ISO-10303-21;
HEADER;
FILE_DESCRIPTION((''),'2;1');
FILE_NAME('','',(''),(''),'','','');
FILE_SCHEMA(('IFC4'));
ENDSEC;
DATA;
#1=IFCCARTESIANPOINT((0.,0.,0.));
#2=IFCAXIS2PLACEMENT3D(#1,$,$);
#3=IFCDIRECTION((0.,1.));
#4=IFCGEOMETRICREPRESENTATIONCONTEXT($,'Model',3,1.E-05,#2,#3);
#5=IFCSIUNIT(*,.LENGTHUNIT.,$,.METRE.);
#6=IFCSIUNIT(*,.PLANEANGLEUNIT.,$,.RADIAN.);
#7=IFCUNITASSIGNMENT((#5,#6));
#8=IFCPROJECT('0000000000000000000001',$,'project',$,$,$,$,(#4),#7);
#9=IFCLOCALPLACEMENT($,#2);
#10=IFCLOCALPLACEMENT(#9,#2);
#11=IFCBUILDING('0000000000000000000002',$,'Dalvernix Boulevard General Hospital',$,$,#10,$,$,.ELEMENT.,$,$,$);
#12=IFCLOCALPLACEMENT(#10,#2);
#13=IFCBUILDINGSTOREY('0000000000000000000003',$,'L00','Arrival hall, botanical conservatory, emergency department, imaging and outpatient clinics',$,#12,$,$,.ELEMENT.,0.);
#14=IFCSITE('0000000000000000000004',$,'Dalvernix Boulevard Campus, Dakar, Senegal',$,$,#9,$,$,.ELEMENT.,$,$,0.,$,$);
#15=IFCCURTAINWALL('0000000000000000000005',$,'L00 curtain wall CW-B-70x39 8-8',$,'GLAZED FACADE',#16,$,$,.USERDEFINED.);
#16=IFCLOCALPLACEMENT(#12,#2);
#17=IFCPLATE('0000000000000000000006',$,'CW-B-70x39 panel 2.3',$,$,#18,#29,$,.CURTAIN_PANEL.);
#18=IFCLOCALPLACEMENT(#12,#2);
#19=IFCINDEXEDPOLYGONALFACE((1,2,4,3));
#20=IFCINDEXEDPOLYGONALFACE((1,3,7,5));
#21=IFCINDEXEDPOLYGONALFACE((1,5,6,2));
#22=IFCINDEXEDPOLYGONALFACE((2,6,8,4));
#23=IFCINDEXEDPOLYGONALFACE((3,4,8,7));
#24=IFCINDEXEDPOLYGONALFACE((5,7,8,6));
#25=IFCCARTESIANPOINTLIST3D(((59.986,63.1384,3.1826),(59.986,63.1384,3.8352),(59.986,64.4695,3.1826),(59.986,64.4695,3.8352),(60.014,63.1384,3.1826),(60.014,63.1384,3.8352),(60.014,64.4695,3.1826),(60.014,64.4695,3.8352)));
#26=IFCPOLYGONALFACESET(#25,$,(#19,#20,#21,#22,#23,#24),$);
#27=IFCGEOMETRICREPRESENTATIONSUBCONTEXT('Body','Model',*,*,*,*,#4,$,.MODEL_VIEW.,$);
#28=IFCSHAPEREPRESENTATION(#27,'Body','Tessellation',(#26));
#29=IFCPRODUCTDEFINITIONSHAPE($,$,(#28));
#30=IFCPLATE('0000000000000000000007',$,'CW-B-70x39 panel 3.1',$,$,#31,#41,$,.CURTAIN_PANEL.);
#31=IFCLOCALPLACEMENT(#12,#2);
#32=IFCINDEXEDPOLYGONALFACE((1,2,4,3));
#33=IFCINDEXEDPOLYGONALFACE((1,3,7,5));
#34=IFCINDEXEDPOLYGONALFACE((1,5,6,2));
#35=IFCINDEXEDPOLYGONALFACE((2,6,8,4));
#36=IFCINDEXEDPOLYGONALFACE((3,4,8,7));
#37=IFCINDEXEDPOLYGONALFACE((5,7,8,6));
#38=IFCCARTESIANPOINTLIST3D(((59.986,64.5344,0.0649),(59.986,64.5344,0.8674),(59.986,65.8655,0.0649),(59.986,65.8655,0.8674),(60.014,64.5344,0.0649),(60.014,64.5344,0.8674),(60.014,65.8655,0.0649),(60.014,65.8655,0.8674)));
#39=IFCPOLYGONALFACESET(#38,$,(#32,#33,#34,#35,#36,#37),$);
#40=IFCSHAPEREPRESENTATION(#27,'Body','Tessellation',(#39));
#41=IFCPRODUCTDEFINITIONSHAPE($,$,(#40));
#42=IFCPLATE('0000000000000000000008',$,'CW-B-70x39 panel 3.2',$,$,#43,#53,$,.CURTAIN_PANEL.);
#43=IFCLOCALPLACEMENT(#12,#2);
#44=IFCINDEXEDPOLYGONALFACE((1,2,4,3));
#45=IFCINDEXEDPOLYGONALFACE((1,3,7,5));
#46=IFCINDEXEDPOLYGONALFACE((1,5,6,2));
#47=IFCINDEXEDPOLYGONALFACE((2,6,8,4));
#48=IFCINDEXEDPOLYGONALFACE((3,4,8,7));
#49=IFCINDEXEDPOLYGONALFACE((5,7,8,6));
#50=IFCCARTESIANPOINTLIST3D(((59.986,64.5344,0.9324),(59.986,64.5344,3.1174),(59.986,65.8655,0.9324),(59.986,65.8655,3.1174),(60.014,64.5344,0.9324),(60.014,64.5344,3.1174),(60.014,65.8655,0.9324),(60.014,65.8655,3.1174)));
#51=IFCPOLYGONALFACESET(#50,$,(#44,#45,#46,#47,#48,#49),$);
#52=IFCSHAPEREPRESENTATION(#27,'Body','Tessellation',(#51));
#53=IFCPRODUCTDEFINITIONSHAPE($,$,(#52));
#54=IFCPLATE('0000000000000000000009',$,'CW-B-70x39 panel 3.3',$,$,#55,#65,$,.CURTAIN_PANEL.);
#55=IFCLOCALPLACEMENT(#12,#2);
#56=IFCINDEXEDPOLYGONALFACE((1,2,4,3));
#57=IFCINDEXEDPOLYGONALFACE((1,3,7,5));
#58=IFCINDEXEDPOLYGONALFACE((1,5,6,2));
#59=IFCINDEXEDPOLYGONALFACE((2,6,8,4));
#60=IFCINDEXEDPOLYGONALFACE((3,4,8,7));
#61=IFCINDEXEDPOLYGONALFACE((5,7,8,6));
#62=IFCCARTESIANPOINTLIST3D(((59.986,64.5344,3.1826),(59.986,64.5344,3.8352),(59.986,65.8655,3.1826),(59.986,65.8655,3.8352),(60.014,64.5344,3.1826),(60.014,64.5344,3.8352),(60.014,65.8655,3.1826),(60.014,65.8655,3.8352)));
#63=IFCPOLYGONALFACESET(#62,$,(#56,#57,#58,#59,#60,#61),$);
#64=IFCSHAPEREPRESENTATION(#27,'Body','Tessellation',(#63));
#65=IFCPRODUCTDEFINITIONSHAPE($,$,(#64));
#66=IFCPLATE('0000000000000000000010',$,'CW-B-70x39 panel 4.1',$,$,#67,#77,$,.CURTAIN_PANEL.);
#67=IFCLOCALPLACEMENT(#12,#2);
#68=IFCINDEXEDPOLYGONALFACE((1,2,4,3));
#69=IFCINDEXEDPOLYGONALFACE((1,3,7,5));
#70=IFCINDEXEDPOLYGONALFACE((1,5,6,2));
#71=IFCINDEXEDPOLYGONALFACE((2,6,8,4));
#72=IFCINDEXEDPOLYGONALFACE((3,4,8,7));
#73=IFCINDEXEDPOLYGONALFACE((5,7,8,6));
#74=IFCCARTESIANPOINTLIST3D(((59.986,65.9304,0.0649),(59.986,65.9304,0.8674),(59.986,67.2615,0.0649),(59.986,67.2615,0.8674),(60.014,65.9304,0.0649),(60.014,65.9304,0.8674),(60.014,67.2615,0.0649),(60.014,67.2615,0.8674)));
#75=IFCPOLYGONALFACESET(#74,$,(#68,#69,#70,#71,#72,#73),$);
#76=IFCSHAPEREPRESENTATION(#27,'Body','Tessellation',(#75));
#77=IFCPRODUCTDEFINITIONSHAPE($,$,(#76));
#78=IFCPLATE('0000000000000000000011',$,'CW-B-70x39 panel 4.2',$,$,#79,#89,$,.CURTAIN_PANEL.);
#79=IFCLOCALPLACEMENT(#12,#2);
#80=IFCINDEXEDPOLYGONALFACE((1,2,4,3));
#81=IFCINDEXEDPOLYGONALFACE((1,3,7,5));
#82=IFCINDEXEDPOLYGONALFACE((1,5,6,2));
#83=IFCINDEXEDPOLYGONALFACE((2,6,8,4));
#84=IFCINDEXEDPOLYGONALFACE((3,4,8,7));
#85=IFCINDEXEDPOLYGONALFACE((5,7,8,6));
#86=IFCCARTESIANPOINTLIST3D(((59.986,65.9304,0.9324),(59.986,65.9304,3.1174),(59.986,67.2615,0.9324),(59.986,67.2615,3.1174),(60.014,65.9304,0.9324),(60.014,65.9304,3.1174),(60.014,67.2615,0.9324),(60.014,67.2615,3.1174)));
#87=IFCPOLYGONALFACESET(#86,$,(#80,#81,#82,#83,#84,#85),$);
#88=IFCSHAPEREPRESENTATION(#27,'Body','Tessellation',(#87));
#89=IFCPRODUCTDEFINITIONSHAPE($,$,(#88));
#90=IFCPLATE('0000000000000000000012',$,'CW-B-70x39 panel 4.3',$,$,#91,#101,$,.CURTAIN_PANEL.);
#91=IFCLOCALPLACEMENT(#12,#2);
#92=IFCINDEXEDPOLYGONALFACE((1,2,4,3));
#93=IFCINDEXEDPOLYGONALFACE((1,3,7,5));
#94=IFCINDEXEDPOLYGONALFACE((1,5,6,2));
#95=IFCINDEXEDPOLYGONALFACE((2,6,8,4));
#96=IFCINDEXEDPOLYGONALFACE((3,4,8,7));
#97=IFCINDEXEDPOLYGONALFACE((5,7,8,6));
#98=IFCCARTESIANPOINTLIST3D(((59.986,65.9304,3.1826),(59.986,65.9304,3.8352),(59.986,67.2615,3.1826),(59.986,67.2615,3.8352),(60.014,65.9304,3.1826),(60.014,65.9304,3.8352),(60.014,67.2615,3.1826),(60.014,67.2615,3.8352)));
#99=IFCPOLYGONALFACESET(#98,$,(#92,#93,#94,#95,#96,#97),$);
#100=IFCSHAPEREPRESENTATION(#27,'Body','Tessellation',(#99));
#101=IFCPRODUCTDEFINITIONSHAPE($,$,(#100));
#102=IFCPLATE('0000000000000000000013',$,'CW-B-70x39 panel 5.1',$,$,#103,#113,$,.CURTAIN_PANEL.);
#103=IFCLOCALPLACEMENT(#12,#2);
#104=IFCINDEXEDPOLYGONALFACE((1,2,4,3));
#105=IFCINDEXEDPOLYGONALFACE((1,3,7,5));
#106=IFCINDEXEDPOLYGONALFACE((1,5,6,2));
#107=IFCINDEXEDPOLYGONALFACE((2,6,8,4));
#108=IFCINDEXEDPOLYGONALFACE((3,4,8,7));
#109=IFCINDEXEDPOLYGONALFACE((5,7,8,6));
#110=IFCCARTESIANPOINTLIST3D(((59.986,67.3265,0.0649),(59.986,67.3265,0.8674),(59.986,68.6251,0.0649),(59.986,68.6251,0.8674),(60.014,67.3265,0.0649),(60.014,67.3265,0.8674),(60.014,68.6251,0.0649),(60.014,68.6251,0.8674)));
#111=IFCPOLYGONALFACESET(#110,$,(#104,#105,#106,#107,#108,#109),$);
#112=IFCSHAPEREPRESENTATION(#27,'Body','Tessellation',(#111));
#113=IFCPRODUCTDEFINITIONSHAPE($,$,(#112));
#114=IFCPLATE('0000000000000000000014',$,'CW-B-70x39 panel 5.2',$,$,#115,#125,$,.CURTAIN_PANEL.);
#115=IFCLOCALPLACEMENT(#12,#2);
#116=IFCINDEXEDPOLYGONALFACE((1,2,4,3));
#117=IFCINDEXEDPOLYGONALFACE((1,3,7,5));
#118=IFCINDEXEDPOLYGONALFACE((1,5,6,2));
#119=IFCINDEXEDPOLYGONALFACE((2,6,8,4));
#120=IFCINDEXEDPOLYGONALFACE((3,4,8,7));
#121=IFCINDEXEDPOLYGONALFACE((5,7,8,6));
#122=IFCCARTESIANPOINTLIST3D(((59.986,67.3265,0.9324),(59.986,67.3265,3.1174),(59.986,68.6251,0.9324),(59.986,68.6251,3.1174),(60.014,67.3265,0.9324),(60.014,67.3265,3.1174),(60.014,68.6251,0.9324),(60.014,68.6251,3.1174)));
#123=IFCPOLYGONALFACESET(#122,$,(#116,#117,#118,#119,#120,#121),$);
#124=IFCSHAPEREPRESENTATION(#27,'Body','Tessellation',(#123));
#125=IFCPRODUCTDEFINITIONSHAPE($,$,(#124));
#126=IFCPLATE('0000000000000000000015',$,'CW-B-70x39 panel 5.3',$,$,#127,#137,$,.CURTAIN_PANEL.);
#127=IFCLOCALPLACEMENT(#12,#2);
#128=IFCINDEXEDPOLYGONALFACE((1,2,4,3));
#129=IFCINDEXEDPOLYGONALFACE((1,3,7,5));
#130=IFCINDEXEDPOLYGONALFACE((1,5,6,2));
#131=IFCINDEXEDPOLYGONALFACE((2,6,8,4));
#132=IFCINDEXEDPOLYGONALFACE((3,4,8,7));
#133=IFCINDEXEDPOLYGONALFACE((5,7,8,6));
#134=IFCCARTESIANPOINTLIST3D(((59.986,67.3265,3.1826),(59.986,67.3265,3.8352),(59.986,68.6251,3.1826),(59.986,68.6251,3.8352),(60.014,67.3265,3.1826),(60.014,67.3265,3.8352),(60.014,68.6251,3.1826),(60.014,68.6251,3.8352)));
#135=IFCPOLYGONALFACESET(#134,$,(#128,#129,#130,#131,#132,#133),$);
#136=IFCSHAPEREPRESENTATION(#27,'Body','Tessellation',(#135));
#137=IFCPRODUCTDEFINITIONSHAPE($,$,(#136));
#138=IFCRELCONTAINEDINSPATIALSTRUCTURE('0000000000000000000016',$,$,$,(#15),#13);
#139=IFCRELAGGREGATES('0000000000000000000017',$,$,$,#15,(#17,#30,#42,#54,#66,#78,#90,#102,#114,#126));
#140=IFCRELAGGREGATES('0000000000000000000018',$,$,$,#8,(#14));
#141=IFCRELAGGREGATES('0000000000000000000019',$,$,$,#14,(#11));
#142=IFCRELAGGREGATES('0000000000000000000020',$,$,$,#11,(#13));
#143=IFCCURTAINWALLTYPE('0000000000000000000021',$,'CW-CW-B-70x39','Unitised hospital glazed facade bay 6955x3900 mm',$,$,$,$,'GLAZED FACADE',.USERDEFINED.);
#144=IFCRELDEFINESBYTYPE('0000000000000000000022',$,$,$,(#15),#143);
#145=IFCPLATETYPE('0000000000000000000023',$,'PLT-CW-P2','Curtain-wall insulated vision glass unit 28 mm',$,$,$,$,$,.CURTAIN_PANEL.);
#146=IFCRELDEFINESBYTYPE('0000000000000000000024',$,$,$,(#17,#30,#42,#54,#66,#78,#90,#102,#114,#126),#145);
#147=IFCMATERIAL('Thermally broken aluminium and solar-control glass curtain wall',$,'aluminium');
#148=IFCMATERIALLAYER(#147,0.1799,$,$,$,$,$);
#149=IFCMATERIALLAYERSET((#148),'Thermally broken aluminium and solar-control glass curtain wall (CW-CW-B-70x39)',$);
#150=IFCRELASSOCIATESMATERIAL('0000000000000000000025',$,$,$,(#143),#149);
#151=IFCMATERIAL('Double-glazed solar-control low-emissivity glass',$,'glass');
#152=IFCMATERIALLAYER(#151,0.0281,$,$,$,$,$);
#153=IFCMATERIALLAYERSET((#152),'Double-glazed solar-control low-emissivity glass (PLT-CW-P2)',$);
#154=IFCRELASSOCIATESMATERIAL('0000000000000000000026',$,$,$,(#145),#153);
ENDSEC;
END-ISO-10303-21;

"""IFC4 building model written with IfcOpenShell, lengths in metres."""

from ifc_helpers import new_model, si_unit, direction, frame, origin, origin_2d, place, context, subcontext, project, spatial, rectangle, extrude, material, layer, layer_set, type_object, element, aggregate, save


model = new_model("IFC4")

# Units and contexts
model_context = context("Model", 3, precision=1e-05, world=origin(), true_north=direction((0.0, 1.0)))
body_context = subcontext(model_context, "Body", "Model", "MODEL_VIEW")
ifc_project = project(units=[si_unit("LENGTHUNIT", "METRE"), si_unit("PLANEANGLEUNIT", "RADIAN")], contexts=[model_context])

# Site, building, storey
site_placement = place(None, origin())
site = spatial("IfcSite", under=ifc_project, at=site_placement, Name="Dalvernix Boulevard Campus, Dakar, Senegal", CompositionType="ELEMENT", RefElevation=0.0)
building_placement = place(site_placement, origin())
building = spatial("IfcBuilding", under=site, at=building_placement, Name="Dalvernix Boulevard General Hospital", CompositionType="ELEMENT")
storey_placement = place(building_placement, origin())
storey = spatial("IfcBuildingStorey", under=building, at=storey_placement, Name="L00", Description="Arrival hall, botanical conservatory, emergency department, imaging and outpatient clinics", CompositionType="ELEMENT", Elevation=0.0)

# Curtain wall
ifc_material_1 = material(Name="Thermally broken aluminium and solar-control glass curtain wall", Category="aluminium")
ifc_layer_1 = layer(ifc_material_1, 0.1799)
ifc_layer_set_1 = layer_set([ifc_layer_1], Name="Thermally broken aluminium and solar-control glass curtain wall (CW-CW-B-70x39)")
curtain_wall_type_1 = type_object("IfcCurtainWallType", Name="CW-CW-B-70x39", Description="Unitised hospital glazed facade bay 6955x3900 mm", ElementType="GLAZED FACADE", PredefinedType="USERDEFINED", material=ifc_layer_set_1)
curtain_wall_1_placement = place(storey_placement, origin())
curtain_wall_1 = element("IfcCurtainWall", 1, at=curtain_wall_1_placement, inside=storey, type_object=curtain_wall_type_1, Name="L00 curtain wall CW-B-70x39 8-8", ObjectType="GLAZED FACADE", PredefinedType="USERDEFINED")

# Plates
ifc_material_2 = material(Name="Double-glazed solar-control low-emissivity glass", Category="glass")
ifc_layer_2 = layer(ifc_material_2, 0.0281)
ifc_layer_set_2 = layer_set([ifc_layer_2], Name="Double-glazed solar-control low-emissivity glass (PLT-CW-P2)")
plate_type = type_object("IfcPlateType", Name="PLT-CW-P2", Description="Curtain-wall insulated vision glass unit 28 mm", PredefinedType="CURTAIN_PANEL", material=ifc_layer_set_2)
plate_1_placement = place(storey_placement, frame((60.0, 63.804, 3.1826), z_axis=(0.0, 0.0, 1.0), x_axis=(0.0, 1.0, 0.0)))
plate_1 = element("IfcPlate", 2, at=plate_1_placement, type_object=plate_type, Name="CW-B-70x39 panel 2.3", PredefinedType="CURTAIN_PANEL", context=body_context, shape_type="SweptSolid", body=[
    extrude(rectangle(XDim=1.3311, YDim=0.0281, at=origin_2d()), origin(), (0.0, 0.0, 1.0), 0.6526),
])
plate_2_placement = place(storey_placement, frame((60.0, 65.2, 0.0649), z_axis=(0.0, 0.0, 1.0), x_axis=(0.0, 1.0, 0.0)))
plate_2 = element("IfcPlate", 3, at=plate_2_placement, type_object=plate_type, Name="CW-B-70x39 panel 3.1", PredefinedType="CURTAIN_PANEL", context=body_context, shape_type="SweptSolid", body=[
    extrude(rectangle(XDim=1.3311, YDim=0.0281, at=origin_2d()), origin(), (0.0, 0.0, 1.0), 0.8025),
])
plate_3_placement = place(storey_placement, frame((60.0, 65.2, 0.9324), z_axis=(0.0, 0.0, 1.0), x_axis=(0.0, 1.0, 0.0)))
plate_3 = element("IfcPlate", 4, at=plate_3_placement, type_object=plate_type, Name="CW-B-70x39 panel 3.2", PredefinedType="CURTAIN_PANEL", context=body_context, shape_type="SweptSolid", body=[
    extrude(rectangle(XDim=1.3311, YDim=0.0281, at=origin_2d()), origin(), (0.0, 0.0, 1.0), 2.1851),
])
plate_4_placement = place(storey_placement, frame((60.0, 65.2, 3.1826), z_axis=(0.0, 0.0, 1.0), x_axis=(0.0, 1.0, 0.0)))
plate_4 = element("IfcPlate", 5, at=plate_4_placement, type_object=plate_type, Name="CW-B-70x39 panel 3.3", PredefinedType="CURTAIN_PANEL", context=body_context, shape_type="SweptSolid", body=[
    extrude(rectangle(XDim=1.3311, YDim=0.0281, at=origin_2d()), origin(), (0.0, 0.0, 1.0), 0.6526),
])
plate_5_placement = place(storey_placement, frame((60.0, 66.5959, 0.0649), z_axis=(0.0, 0.0, 1.0), x_axis=(0.0, 1.0, 0.0)))
plate_5 = element("IfcPlate", 6, at=plate_5_placement, type_object=plate_type, Name="CW-B-70x39 panel 4.1", PredefinedType="CURTAIN_PANEL", context=body_context, shape_type="SweptSolid", body=[
    extrude(rectangle(XDim=1.3311, YDim=0.0281, at=origin_2d()), origin(), (0.0, 0.0, 1.0), 0.8025),
])
plate_6_placement = place(storey_placement, frame((60.0, 66.5959, 0.9324), z_axis=(0.0, 0.0, 1.0), x_axis=(0.0, 1.0, 0.0)))
plate_6 = element("IfcPlate", 7, at=plate_6_placement, type_object=plate_type, Name="CW-B-70x39 panel 4.2", PredefinedType="CURTAIN_PANEL", context=body_context, shape_type="SweptSolid", body=[
    extrude(rectangle(XDim=1.3311, YDim=0.0281, at=origin_2d()), origin(), (0.0, 0.0, 1.0), 2.1851),
])
plate_7_placement = place(storey_placement, frame((60.0, 66.5959, 3.1826), z_axis=(0.0, 0.0, 1.0), x_axis=(0.0, 1.0, 0.0)))
plate_7 = element("IfcPlate", 8, at=plate_7_placement, type_object=plate_type, Name="CW-B-70x39 panel 4.3", PredefinedType="CURTAIN_PANEL", context=body_context, shape_type="SweptSolid", body=[
    extrude(rectangle(XDim=1.3311, YDim=0.0281, at=origin_2d()), origin(), (0.0, 0.0, 1.0), 0.6526),
])
plate_8_placement = place(storey_placement, frame((60.0, 67.9758, 0.0649), z_axis=(0.0, 0.0, 1.0), x_axis=(0.0, 1.0, 0.0)))
plate_8 = element("IfcPlate", 9, at=plate_8_placement, type_object=plate_type, Name="CW-B-70x39 panel 5.1", PredefinedType="CURTAIN_PANEL", context=body_context, shape_type="SweptSolid", body=[
    extrude(rectangle(XDim=1.2986, YDim=0.0281, at=origin_2d()), origin(), (0.0, 0.0, 1.0), 0.8025),
])
plate_9_placement = place(storey_placement, frame((60.0, 67.9758, 0.9324), z_axis=(0.0, 0.0, 1.0), x_axis=(0.0, 1.0, 0.0)))
plate_9 = element("IfcPlate", 10, at=plate_9_placement, type_object=plate_type, Name="CW-B-70x39 panel 5.2", PredefinedType="CURTAIN_PANEL", context=body_context, shape_type="SweptSolid", body=[
    extrude(rectangle(XDim=1.2986, YDim=0.0281, at=origin_2d()), origin(), (0.0, 0.0, 1.0), 2.1851),
])
plate_10_placement = place(storey_placement, frame((60.0, 67.9758, 3.1826), z_axis=(0.0, 0.0, 1.0), x_axis=(0.0, 1.0, 0.0)))
plate_10 = element("IfcPlate", 11, at=plate_10_placement, type_object=plate_type, Name="CW-B-70x39 panel 5.3", PredefinedType="CURTAIN_PANEL", context=body_context, shape_type="SweptSolid", body=[
    extrude(rectangle(XDim=1.2986, YDim=0.0281, at=origin_2d()), origin(), (0.0, 0.0, 1.0), 0.6526),
])
aggregate(curtain_wall_1, [plate_1, plate_2, plate_3, plate_4, plate_5, plate_6, plate_7, plate_8, plate_9, plate_10])

save(model, "model.ifc")
